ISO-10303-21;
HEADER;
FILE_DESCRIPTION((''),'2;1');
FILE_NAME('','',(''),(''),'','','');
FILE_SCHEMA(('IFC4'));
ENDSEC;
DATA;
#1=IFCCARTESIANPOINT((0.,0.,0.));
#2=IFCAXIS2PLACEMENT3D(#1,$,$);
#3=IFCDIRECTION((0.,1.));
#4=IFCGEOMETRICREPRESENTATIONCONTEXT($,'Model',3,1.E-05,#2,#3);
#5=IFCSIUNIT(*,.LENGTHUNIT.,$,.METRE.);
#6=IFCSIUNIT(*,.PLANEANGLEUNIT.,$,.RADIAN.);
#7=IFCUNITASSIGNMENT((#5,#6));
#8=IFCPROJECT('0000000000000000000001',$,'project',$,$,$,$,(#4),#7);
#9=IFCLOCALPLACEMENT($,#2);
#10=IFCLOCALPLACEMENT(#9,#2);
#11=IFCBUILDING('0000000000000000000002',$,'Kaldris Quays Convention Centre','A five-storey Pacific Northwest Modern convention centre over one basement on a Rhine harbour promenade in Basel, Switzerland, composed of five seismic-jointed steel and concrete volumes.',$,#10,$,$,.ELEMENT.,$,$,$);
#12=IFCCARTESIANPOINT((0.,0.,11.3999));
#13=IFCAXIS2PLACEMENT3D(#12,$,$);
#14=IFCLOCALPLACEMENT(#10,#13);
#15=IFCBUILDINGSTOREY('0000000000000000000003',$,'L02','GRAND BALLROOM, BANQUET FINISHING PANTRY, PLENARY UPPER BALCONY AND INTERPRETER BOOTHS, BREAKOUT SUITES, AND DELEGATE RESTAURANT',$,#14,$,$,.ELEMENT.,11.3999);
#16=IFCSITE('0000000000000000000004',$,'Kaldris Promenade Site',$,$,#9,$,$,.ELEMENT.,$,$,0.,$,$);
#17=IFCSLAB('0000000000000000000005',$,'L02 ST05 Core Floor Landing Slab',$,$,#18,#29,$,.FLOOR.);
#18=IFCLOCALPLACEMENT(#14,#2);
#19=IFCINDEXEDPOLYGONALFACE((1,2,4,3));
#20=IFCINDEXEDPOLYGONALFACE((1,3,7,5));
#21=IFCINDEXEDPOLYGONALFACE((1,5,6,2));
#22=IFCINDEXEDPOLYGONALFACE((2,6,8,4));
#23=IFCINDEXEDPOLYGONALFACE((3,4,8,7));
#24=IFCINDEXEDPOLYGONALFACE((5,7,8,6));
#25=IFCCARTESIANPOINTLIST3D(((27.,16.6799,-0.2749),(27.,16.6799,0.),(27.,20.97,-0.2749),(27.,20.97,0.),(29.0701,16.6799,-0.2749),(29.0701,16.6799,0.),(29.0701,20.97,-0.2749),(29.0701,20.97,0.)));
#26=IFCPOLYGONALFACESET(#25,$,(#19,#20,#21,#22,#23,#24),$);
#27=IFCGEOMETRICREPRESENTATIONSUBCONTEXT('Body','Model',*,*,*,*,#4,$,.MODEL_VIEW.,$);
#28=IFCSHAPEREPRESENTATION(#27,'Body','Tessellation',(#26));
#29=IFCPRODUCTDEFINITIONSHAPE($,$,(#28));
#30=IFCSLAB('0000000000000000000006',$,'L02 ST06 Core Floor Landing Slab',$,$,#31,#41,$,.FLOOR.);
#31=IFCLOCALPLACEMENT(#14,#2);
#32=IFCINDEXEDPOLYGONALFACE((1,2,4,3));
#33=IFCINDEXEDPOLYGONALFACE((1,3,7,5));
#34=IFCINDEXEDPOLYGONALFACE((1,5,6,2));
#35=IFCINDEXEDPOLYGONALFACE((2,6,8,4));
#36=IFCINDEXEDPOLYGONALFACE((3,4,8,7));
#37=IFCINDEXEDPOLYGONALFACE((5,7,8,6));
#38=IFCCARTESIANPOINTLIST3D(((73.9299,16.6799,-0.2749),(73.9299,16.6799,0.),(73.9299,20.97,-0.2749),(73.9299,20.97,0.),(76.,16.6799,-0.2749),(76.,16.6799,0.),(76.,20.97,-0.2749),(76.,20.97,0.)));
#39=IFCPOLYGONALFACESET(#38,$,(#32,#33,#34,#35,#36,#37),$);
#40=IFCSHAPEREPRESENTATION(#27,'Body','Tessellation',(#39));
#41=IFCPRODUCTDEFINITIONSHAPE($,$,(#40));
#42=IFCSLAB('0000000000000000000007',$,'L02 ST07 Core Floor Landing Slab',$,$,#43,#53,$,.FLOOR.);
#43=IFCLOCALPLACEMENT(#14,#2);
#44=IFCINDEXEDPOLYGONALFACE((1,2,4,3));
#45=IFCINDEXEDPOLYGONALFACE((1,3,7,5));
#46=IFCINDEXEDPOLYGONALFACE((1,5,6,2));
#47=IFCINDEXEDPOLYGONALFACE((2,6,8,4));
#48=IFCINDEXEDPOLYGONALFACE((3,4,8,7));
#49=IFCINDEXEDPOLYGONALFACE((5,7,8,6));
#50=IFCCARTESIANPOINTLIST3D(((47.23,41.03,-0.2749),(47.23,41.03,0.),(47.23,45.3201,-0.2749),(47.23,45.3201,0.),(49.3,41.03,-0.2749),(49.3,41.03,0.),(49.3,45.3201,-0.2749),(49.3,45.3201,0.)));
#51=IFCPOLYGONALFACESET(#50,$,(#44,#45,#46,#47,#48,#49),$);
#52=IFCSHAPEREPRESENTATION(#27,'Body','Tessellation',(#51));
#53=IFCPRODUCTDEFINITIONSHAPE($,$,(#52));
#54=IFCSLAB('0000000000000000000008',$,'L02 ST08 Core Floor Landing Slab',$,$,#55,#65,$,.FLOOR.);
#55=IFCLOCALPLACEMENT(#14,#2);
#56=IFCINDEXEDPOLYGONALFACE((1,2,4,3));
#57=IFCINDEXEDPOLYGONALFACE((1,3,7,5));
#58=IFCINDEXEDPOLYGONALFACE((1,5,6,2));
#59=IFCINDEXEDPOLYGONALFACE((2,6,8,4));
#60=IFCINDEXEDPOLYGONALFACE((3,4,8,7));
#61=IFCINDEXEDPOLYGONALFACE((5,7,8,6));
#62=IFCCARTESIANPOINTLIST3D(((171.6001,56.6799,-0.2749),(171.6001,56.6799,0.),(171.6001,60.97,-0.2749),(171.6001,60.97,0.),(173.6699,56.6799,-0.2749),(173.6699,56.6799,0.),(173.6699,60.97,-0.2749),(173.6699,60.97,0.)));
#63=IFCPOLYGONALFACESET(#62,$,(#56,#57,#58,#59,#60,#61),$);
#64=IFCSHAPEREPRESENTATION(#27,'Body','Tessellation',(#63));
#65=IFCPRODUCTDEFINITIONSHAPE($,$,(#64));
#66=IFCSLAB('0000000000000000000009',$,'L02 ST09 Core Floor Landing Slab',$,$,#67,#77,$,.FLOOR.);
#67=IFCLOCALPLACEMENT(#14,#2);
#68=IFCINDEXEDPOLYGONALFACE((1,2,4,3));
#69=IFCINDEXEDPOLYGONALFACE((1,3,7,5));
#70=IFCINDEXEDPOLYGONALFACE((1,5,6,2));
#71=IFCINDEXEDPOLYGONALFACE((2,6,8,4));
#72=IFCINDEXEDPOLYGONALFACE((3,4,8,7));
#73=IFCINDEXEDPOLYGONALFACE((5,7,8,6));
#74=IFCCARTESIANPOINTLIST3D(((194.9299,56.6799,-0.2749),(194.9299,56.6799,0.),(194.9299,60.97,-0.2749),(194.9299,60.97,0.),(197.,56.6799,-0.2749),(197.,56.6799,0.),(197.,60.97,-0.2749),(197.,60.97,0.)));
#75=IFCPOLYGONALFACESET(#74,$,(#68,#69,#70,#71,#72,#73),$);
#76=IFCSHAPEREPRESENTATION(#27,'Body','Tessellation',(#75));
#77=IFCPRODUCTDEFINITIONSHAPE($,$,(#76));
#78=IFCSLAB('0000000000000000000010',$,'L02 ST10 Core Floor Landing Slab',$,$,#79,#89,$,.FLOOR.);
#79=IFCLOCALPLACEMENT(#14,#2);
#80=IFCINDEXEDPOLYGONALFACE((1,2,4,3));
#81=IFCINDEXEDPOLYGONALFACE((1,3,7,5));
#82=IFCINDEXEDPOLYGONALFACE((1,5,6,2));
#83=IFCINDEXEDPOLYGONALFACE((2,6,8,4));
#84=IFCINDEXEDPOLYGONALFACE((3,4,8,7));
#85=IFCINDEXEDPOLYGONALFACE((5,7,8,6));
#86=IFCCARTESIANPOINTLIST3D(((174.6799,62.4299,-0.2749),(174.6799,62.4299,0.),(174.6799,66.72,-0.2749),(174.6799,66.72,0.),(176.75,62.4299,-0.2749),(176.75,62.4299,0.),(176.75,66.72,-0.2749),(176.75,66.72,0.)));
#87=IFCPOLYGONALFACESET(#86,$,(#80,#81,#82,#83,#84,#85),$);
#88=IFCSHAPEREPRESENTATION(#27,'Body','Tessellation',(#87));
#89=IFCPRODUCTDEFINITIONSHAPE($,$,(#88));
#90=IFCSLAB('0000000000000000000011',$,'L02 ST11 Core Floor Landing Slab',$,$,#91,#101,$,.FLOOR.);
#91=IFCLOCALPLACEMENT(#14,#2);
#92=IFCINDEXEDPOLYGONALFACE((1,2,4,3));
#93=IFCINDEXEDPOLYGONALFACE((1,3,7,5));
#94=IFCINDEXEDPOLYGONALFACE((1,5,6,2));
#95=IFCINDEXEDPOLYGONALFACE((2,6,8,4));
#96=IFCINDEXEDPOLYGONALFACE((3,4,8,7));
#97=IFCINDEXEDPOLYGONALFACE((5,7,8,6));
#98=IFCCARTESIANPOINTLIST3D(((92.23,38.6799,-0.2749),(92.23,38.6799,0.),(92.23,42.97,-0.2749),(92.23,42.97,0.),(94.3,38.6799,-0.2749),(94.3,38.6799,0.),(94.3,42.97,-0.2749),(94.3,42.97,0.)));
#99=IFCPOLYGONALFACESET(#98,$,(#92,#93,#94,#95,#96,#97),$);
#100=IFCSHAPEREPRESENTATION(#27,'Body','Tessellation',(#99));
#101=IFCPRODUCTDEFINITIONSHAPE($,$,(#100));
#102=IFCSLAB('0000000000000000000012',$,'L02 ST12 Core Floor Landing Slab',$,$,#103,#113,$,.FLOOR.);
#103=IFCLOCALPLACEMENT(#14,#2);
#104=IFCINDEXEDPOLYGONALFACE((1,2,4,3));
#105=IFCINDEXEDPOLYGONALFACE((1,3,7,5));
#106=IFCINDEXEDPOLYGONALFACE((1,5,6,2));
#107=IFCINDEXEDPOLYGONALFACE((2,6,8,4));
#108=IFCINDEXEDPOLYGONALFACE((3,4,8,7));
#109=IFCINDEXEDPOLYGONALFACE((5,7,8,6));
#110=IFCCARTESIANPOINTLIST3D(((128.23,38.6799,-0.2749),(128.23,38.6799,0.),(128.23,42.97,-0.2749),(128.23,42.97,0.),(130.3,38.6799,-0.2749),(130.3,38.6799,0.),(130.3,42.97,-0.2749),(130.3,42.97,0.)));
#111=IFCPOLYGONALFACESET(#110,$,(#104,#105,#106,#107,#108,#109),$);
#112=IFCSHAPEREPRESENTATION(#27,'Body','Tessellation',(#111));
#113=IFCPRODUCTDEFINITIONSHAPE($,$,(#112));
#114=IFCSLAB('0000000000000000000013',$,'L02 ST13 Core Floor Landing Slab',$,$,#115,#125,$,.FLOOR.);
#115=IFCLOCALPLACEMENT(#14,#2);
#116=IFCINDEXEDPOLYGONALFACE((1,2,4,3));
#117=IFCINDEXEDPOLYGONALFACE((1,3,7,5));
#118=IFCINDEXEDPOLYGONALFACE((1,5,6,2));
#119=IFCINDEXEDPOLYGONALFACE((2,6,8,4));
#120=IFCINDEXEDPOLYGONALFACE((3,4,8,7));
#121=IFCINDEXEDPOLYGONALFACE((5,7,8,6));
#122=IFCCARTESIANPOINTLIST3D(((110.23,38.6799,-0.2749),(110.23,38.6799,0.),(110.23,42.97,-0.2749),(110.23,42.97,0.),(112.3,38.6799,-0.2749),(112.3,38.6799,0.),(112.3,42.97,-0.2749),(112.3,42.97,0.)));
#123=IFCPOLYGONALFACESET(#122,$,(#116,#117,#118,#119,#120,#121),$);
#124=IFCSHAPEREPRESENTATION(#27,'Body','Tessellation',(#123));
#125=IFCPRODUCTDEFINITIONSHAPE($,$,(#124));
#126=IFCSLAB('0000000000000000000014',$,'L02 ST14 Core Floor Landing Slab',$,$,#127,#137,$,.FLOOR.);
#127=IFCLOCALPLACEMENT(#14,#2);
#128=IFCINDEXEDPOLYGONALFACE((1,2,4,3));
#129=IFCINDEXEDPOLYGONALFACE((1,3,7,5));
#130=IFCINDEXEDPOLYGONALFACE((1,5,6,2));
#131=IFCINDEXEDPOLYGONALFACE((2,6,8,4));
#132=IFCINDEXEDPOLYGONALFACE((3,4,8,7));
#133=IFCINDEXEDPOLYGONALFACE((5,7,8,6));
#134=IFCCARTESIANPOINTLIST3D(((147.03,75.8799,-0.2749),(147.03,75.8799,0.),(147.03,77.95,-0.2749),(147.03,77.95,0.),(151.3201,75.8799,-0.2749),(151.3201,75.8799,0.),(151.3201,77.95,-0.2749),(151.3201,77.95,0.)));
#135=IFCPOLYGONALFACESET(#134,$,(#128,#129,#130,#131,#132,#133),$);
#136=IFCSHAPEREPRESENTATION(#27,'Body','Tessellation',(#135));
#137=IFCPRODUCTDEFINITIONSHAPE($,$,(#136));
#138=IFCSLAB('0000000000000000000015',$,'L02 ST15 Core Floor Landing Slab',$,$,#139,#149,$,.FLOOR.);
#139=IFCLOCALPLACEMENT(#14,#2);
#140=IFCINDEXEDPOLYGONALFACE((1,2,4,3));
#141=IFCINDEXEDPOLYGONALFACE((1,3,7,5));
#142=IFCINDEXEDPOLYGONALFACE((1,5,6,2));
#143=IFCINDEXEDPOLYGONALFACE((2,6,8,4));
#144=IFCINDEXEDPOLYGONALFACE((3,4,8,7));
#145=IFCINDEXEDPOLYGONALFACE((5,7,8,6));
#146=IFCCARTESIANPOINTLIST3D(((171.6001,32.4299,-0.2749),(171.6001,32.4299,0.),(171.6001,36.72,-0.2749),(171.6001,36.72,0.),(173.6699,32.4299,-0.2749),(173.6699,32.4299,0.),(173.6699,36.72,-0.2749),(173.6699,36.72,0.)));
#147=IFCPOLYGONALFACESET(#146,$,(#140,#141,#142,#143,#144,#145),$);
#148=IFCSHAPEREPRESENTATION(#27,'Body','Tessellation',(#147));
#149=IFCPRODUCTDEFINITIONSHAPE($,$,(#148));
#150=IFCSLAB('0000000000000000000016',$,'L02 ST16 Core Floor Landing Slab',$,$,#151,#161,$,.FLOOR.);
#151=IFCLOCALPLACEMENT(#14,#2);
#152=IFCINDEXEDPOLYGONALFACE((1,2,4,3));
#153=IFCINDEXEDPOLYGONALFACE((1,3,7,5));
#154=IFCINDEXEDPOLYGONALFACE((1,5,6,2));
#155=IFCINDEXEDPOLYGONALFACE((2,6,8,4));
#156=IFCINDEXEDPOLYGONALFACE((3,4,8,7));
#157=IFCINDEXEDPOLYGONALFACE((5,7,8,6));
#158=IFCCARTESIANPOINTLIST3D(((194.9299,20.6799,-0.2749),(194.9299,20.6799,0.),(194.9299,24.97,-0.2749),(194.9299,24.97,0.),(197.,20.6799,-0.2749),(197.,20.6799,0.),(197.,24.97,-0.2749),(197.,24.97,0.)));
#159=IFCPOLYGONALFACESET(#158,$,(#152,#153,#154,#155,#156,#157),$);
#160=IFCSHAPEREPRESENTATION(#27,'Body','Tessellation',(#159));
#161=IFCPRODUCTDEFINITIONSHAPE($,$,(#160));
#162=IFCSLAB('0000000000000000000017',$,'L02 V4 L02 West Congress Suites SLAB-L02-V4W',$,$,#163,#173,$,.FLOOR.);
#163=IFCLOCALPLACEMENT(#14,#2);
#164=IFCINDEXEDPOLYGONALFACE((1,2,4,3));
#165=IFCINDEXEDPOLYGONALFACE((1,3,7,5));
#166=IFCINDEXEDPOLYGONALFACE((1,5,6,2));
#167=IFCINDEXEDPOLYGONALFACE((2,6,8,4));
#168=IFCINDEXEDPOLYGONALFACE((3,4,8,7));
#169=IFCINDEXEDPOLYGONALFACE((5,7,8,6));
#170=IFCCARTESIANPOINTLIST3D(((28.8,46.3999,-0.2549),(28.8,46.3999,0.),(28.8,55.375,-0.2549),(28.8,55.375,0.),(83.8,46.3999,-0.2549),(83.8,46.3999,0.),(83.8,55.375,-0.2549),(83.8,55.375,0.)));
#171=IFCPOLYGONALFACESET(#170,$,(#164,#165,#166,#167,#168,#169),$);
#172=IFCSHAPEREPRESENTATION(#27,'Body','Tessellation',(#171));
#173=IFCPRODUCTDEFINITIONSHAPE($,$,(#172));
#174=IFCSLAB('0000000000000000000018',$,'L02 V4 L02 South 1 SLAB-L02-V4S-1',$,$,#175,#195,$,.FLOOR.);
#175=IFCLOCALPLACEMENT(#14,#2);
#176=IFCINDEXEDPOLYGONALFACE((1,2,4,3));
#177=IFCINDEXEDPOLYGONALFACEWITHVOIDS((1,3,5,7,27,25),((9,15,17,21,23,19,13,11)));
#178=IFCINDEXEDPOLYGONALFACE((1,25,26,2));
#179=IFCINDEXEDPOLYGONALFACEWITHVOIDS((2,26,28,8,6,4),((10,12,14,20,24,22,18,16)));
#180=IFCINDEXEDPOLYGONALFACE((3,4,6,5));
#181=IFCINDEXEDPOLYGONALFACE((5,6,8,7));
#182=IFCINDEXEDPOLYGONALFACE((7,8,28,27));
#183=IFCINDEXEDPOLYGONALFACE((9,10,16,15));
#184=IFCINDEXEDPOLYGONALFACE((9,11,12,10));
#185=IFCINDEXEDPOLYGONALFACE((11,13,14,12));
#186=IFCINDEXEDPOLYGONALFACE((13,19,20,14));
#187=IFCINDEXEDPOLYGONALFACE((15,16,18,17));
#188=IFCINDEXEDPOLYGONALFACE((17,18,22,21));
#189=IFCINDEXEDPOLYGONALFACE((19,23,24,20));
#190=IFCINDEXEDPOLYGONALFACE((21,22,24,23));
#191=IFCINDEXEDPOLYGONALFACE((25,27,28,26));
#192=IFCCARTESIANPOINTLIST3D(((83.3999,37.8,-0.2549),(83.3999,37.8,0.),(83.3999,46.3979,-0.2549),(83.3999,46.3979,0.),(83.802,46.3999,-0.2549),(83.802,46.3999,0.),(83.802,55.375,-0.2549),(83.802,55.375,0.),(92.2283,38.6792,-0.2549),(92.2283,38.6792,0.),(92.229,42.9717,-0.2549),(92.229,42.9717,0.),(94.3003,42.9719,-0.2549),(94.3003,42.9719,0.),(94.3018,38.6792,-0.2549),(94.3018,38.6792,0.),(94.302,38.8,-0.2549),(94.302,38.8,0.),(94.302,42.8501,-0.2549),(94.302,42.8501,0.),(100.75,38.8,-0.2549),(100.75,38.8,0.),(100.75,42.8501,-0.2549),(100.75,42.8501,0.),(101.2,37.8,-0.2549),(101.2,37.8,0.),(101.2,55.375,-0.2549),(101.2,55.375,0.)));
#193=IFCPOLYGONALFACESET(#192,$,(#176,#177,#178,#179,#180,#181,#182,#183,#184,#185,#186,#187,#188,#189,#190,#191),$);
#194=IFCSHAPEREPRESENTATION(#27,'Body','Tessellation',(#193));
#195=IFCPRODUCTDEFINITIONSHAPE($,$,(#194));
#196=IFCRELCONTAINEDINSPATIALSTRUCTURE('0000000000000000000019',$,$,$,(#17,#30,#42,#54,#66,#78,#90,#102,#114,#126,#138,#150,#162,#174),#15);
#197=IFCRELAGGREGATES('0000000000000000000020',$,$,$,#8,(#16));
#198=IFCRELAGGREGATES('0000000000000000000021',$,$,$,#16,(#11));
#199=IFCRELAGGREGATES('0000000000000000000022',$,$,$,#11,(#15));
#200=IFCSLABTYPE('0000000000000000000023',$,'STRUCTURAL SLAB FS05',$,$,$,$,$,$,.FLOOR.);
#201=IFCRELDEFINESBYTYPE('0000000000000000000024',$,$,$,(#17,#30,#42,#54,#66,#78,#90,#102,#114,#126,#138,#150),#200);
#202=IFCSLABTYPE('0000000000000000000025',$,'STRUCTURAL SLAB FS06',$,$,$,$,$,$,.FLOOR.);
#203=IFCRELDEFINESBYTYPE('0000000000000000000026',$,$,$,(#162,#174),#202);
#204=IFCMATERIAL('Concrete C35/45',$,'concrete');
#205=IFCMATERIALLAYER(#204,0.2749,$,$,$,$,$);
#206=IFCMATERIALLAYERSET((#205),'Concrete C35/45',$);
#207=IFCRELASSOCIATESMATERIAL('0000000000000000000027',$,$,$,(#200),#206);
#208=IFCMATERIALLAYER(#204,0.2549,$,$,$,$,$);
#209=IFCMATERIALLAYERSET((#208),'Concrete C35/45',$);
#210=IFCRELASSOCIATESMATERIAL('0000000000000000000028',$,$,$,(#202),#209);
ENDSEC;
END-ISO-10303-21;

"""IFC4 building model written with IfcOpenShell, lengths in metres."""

from ifc_helpers import new_model, si_unit, direction, frame, origin, place, context, subcontext, project, spatial, polyline, outline, extrude, material, layer, layer_set, type_object, element, save


model = new_model("IFC4")

# Units and contexts
model_context = context("Model", 3, precision=1e-05, world=origin(), true_north=direction((0.0, 1.0)))
body_context = subcontext(model_context, "Body", "Model", "MODEL_VIEW")
ifc_project = project(units=[si_unit("LENGTHUNIT", "METRE"), si_unit("PLANEANGLEUNIT", "RADIAN")], contexts=[model_context])

# Site, building, storey
site_placement = place(None, origin())
site = spatial("IfcSite", under=ifc_project, at=site_placement, Name="Kaldris Promenade Site", CompositionType="ELEMENT", RefElevation=0.0)
building_placement = place(site_placement, origin())
building = spatial("IfcBuilding", under=site, at=building_placement, Name="Kaldris Quays Convention Centre", Description="A five-storey Pacific Northwest Modern convention centre over one basement on a Rhine harbour promenade in Basel, Switzerland, composed of five seismic-jointed steel and concrete volumes.", CompositionType="ELEMENT")
storey_placement = place(building_placement, frame((0.0, 0.0, 11.3999)))
storey = spatial("IfcBuildingStorey", under=building, at=storey_placement, Name="L02", Description="GRAND BALLROOM, BANQUET FINISHING PANTRY, PLENARY UPPER BALCONY AND INTERPRETER BOOTHS, BREAKOUT SUITES, AND DELEGATE RESTAURANT", CompositionType="ELEMENT", Elevation=11.3999)

# Shared definitions
ifc_material = material(Name="Concrete C35/45", Category="concrete")

# Slabs
ifc_layer_1 = layer(ifc_material, 0.2749)
ifc_layer_set_1 = layer_set([ifc_layer_1], Name="Concrete C35/45")
slab_type_1 = type_object("IfcSlabType", Name="STRUCTURAL SLAB FS05", PredefinedType="FLOOR", material=ifc_layer_set_1)
slab_1_placement = place(storey_placement, frame((0.0, 0.0, -0.2749)))
element("IfcSlab", 1, at=slab_1_placement, inside=storey, type_object=slab_type_1, Name="L02 ST05 Core Floor Landing Slab", PredefinedType="FLOOR", context=body_context, shape_type="SweptSolid", body=[
    extrude(outline(polyline([(29.0701, 20.97), (27.0, 20.97), (27.0, 16.6799), (29.0701, 16.6799), (29.0701, 20.97)])), origin(), (0.0, 0.0, 1.0), 0.2749),
])
slab_2_placement = place(storey_placement, frame((0.0, 0.0, -0.2749)))
element("IfcSlab", 2, at=slab_2_placement, inside=storey, type_object=slab_type_1, Name="L02 ST06 Core Floor Landing Slab", PredefinedType="FLOOR", context=body_context, shape_type="SweptSolid", body=[
    extrude(outline(polyline([(73.9299, 16.6799), (76.0, 16.6799), (76.0, 20.97), (73.9299, 20.97), (73.9299, 16.6799)])), origin(), (0.0, 0.0, 1.0), 0.2749),
])
slab_3_placement = place(storey_placement, frame((0.0, 0.0, -0.2749)))
element("IfcSlab", 3, at=slab_3_placement, inside=storey, type_object=slab_type_1, Name="L02 ST07 Core Floor Landing Slab", PredefinedType="FLOOR", context=body_context, shape_type="SweptSolid", body=[
    extrude(outline(polyline([(47.23, 41.03), (49.3, 41.03), (49.3, 45.3201), (47.23, 45.3201), (47.23, 41.03)])), origin(), (0.0, 0.0, 1.0), 0.2749),
])
slab_4_placement = place(storey_placement, frame((0.0, 0.0, -0.2749)))
element("IfcSlab", 4, at=slab_4_placement, inside=storey, type_object=slab_type_1, Name="L02 ST08 Core Floor Landing Slab", PredefinedType="FLOOR", context=body_context, shape_type="SweptSolid", body=[
    extrude(outline(polyline([(173.6699, 60.97), (171.6001, 60.97), (171.6001, 56.6799), (173.6699, 56.6799), (173.6699, 60.97)])), origin(), (0.0, 0.0, 1.0), 0.2749),
])
slab_5_placement = place(storey_placement, frame((0.0, 0.0, -0.2749)))
element("IfcSlab", 5, at=slab_5_placement, inside=storey, type_object=slab_type_1, Name="L02 ST09 Core Floor Landing Slab", PredefinedType="FLOOR", context=body_context, shape_type="SweptSolid", body=[
    extrude(outline(polyline([(194.9299, 56.6799), (197.0, 56.6799), (197.0, 60.97), (194.9299, 60.97), (194.9299, 56.6799)])), origin(), (0.0, 0.0, 1.0), 0.2749),
])
slab_6_placement = place(storey_placement, frame((0.0, 0.0, -0.2749)))
element("IfcSlab", 6, at=slab_6_placement, inside=storey, type_object=slab_type_1, Name="L02 ST10 Core Floor Landing Slab", PredefinedType="FLOOR", context=body_context, shape_type="SweptSolid", body=[
    extrude(outline(polyline([(174.6799, 62.4299), (176.75, 62.4299), (176.75, 66.72), (174.6799, 66.72), (174.6799, 62.4299)])), origin(), (0.0, 0.0, 1.0), 0.2749),
])
slab_7_placement = place(storey_placement, frame((0.0, 0.0, -0.2749)))
element("IfcSlab", 7, at=slab_7_placement, inside=storey, type_object=slab_type_1, Name="L02 ST11 Core Floor Landing Slab", PredefinedType="FLOOR", context=body_context, shape_type="SweptSolid", body=[
    extrude(outline(polyline([(92.23, 38.6799), (94.3, 38.6799), (94.3, 42.97), (92.23, 42.97), (92.23, 38.6799)])), origin(), (0.0, 0.0, 1.0), 0.2749),
])
slab_8_placement = place(storey_placement, frame((0.0, 0.0, -0.2749)))
element("IfcSlab", 8, at=slab_8_placement, inside=storey, type_object=slab_type_1, Name="L02 ST12 Core Floor Landing Slab", PredefinedType="FLOOR", context=body_context, shape_type="SweptSolid", body=[
    extrude(outline(polyline([(128.23, 38.6799), (130.3, 38.6799), (130.3, 42.97), (128.23, 42.97), (128.23, 38.6799)])), origin(), (0.0, 0.0, 1.0), 0.2749),
])
slab_9_placement = place(storey_placement, frame((0.0, 0.0, -0.2749)))
element("IfcSlab", 9, at=slab_9_placement, inside=storey, type_object=slab_type_1, Name="L02 ST13 Core Floor Landing Slab", PredefinedType="FLOOR", context=body_context, shape_type="SweptSolid", body=[
    extrude(outline(polyline([(110.23, 38.6799), (112.3, 38.6799), (112.3, 42.97), (110.23, 42.97), (110.23, 38.6799)])), origin(), (0.0, 0.0, 1.0), 0.2749),
])
slab_10_placement = place(storey_placement, frame((0.0, 0.0, -0.2749)))
element("IfcSlab", 10, at=slab_10_placement, inside=storey, type_object=slab_type_1, Name="L02 ST14 Core Floor Landing Slab", PredefinedType="FLOOR", context=body_context, shape_type="SweptSolid", body=[
    extrude(outline(polyline([(151.3201, 75.8799), (151.3201, 77.95), (147.03, 77.95), (147.03, 75.8799), (151.3201, 75.8799)])), origin(), (0.0, 0.0, 1.0), 0.2749),
])
slab_11_placement = place(storey_placement, frame((0.0, 0.0, -0.2749)))
element("IfcSlab", 11, at=slab_11_placement, inside=storey, type_object=slab_type_1, Name="L02 ST15 Core Floor Landing Slab", PredefinedType="FLOOR", context=body_context, shape_type="SweptSolid", body=[
    extrude(outline(polyline([(173.6699, 36.72), (171.6001, 36.72), (171.6001, 32.4299), (173.6699, 32.4299), (173.6699, 36.72)])), origin(), (0.0, 0.0, 1.0), 0.2749),
])
slab_12_placement = place(storey_placement, frame((0.0, 0.0, -0.2749)))
element("IfcSlab", 12, at=slab_12_placement, inside=storey, type_object=slab_type_1, Name="L02 ST16 Core Floor Landing Slab", PredefinedType="FLOOR", context=body_context, shape_type="SweptSolid", body=[
    extrude(outline(polyline([(194.9299, 20.6799), (197.0, 20.6799), (197.0, 24.97), (194.9299, 24.97), (194.9299, 20.6799)])), origin(), (0.0, 0.0, 1.0), 0.2749),
])
ifc_layer_2 = layer(ifc_material, 0.2549)
ifc_layer_set_2 = layer_set([ifc_layer_2], Name="Concrete C35/45")
slab_type_2 = type_object("IfcSlabType", Name="STRUCTURAL SLAB FS06", PredefinedType="FLOOR", material=ifc_layer_set_2)
slab_13_placement = place(storey_placement, frame((0.0, 0.0, -0.2549)))
element("IfcSlab", 13, at=slab_13_placement, inside=storey, type_object=slab_type_2, Name="L02 V4 L02 West Congress Suites SLAB-L02-V4W", PredefinedType="FLOOR", context=body_context, shape_type="SweptSolid", body=[
    extrude(outline(polyline([(28.8, 46.3999), (28.8, 55.375), (83.8, 55.375), (83.8, 46.3999), (28.8, 46.3999)])), origin(), (0.0, 0.0, 1.0), 0.2549),
])
slab_14_placement = place(storey_placement, frame((0.0, 0.0, -0.2549)))
element("IfcSlab", 14, at=slab_14_placement, inside=storey, type_object=slab_type_2, Name="L02 V4 L02 South 1 SLAB-L02-V4S-1", PredefinedType="FLOOR", context=body_context, shape_type="SweptSolid", body=[
    extrude(outline(polyline([(101.2, 55.375), (101.2, 37.8), (83.3999, 37.8), (83.3999, 46.3979), (83.802, 46.3999), (83.802, 55.375), (101.2, 55.375)]), holes=[polyline([(94.3018, 38.6792), (94.302, 38.8), (100.75, 38.8), (100.75, 42.8501), (94.302, 42.8501), (94.3003, 42.9719), (92.229, 42.9717), (92.2283, 38.6792), (94.3018, 38.6792)])]), origin(), (0.0, 0.0, 1.0), 0.2549),
])

save(model, "model.ifc")
